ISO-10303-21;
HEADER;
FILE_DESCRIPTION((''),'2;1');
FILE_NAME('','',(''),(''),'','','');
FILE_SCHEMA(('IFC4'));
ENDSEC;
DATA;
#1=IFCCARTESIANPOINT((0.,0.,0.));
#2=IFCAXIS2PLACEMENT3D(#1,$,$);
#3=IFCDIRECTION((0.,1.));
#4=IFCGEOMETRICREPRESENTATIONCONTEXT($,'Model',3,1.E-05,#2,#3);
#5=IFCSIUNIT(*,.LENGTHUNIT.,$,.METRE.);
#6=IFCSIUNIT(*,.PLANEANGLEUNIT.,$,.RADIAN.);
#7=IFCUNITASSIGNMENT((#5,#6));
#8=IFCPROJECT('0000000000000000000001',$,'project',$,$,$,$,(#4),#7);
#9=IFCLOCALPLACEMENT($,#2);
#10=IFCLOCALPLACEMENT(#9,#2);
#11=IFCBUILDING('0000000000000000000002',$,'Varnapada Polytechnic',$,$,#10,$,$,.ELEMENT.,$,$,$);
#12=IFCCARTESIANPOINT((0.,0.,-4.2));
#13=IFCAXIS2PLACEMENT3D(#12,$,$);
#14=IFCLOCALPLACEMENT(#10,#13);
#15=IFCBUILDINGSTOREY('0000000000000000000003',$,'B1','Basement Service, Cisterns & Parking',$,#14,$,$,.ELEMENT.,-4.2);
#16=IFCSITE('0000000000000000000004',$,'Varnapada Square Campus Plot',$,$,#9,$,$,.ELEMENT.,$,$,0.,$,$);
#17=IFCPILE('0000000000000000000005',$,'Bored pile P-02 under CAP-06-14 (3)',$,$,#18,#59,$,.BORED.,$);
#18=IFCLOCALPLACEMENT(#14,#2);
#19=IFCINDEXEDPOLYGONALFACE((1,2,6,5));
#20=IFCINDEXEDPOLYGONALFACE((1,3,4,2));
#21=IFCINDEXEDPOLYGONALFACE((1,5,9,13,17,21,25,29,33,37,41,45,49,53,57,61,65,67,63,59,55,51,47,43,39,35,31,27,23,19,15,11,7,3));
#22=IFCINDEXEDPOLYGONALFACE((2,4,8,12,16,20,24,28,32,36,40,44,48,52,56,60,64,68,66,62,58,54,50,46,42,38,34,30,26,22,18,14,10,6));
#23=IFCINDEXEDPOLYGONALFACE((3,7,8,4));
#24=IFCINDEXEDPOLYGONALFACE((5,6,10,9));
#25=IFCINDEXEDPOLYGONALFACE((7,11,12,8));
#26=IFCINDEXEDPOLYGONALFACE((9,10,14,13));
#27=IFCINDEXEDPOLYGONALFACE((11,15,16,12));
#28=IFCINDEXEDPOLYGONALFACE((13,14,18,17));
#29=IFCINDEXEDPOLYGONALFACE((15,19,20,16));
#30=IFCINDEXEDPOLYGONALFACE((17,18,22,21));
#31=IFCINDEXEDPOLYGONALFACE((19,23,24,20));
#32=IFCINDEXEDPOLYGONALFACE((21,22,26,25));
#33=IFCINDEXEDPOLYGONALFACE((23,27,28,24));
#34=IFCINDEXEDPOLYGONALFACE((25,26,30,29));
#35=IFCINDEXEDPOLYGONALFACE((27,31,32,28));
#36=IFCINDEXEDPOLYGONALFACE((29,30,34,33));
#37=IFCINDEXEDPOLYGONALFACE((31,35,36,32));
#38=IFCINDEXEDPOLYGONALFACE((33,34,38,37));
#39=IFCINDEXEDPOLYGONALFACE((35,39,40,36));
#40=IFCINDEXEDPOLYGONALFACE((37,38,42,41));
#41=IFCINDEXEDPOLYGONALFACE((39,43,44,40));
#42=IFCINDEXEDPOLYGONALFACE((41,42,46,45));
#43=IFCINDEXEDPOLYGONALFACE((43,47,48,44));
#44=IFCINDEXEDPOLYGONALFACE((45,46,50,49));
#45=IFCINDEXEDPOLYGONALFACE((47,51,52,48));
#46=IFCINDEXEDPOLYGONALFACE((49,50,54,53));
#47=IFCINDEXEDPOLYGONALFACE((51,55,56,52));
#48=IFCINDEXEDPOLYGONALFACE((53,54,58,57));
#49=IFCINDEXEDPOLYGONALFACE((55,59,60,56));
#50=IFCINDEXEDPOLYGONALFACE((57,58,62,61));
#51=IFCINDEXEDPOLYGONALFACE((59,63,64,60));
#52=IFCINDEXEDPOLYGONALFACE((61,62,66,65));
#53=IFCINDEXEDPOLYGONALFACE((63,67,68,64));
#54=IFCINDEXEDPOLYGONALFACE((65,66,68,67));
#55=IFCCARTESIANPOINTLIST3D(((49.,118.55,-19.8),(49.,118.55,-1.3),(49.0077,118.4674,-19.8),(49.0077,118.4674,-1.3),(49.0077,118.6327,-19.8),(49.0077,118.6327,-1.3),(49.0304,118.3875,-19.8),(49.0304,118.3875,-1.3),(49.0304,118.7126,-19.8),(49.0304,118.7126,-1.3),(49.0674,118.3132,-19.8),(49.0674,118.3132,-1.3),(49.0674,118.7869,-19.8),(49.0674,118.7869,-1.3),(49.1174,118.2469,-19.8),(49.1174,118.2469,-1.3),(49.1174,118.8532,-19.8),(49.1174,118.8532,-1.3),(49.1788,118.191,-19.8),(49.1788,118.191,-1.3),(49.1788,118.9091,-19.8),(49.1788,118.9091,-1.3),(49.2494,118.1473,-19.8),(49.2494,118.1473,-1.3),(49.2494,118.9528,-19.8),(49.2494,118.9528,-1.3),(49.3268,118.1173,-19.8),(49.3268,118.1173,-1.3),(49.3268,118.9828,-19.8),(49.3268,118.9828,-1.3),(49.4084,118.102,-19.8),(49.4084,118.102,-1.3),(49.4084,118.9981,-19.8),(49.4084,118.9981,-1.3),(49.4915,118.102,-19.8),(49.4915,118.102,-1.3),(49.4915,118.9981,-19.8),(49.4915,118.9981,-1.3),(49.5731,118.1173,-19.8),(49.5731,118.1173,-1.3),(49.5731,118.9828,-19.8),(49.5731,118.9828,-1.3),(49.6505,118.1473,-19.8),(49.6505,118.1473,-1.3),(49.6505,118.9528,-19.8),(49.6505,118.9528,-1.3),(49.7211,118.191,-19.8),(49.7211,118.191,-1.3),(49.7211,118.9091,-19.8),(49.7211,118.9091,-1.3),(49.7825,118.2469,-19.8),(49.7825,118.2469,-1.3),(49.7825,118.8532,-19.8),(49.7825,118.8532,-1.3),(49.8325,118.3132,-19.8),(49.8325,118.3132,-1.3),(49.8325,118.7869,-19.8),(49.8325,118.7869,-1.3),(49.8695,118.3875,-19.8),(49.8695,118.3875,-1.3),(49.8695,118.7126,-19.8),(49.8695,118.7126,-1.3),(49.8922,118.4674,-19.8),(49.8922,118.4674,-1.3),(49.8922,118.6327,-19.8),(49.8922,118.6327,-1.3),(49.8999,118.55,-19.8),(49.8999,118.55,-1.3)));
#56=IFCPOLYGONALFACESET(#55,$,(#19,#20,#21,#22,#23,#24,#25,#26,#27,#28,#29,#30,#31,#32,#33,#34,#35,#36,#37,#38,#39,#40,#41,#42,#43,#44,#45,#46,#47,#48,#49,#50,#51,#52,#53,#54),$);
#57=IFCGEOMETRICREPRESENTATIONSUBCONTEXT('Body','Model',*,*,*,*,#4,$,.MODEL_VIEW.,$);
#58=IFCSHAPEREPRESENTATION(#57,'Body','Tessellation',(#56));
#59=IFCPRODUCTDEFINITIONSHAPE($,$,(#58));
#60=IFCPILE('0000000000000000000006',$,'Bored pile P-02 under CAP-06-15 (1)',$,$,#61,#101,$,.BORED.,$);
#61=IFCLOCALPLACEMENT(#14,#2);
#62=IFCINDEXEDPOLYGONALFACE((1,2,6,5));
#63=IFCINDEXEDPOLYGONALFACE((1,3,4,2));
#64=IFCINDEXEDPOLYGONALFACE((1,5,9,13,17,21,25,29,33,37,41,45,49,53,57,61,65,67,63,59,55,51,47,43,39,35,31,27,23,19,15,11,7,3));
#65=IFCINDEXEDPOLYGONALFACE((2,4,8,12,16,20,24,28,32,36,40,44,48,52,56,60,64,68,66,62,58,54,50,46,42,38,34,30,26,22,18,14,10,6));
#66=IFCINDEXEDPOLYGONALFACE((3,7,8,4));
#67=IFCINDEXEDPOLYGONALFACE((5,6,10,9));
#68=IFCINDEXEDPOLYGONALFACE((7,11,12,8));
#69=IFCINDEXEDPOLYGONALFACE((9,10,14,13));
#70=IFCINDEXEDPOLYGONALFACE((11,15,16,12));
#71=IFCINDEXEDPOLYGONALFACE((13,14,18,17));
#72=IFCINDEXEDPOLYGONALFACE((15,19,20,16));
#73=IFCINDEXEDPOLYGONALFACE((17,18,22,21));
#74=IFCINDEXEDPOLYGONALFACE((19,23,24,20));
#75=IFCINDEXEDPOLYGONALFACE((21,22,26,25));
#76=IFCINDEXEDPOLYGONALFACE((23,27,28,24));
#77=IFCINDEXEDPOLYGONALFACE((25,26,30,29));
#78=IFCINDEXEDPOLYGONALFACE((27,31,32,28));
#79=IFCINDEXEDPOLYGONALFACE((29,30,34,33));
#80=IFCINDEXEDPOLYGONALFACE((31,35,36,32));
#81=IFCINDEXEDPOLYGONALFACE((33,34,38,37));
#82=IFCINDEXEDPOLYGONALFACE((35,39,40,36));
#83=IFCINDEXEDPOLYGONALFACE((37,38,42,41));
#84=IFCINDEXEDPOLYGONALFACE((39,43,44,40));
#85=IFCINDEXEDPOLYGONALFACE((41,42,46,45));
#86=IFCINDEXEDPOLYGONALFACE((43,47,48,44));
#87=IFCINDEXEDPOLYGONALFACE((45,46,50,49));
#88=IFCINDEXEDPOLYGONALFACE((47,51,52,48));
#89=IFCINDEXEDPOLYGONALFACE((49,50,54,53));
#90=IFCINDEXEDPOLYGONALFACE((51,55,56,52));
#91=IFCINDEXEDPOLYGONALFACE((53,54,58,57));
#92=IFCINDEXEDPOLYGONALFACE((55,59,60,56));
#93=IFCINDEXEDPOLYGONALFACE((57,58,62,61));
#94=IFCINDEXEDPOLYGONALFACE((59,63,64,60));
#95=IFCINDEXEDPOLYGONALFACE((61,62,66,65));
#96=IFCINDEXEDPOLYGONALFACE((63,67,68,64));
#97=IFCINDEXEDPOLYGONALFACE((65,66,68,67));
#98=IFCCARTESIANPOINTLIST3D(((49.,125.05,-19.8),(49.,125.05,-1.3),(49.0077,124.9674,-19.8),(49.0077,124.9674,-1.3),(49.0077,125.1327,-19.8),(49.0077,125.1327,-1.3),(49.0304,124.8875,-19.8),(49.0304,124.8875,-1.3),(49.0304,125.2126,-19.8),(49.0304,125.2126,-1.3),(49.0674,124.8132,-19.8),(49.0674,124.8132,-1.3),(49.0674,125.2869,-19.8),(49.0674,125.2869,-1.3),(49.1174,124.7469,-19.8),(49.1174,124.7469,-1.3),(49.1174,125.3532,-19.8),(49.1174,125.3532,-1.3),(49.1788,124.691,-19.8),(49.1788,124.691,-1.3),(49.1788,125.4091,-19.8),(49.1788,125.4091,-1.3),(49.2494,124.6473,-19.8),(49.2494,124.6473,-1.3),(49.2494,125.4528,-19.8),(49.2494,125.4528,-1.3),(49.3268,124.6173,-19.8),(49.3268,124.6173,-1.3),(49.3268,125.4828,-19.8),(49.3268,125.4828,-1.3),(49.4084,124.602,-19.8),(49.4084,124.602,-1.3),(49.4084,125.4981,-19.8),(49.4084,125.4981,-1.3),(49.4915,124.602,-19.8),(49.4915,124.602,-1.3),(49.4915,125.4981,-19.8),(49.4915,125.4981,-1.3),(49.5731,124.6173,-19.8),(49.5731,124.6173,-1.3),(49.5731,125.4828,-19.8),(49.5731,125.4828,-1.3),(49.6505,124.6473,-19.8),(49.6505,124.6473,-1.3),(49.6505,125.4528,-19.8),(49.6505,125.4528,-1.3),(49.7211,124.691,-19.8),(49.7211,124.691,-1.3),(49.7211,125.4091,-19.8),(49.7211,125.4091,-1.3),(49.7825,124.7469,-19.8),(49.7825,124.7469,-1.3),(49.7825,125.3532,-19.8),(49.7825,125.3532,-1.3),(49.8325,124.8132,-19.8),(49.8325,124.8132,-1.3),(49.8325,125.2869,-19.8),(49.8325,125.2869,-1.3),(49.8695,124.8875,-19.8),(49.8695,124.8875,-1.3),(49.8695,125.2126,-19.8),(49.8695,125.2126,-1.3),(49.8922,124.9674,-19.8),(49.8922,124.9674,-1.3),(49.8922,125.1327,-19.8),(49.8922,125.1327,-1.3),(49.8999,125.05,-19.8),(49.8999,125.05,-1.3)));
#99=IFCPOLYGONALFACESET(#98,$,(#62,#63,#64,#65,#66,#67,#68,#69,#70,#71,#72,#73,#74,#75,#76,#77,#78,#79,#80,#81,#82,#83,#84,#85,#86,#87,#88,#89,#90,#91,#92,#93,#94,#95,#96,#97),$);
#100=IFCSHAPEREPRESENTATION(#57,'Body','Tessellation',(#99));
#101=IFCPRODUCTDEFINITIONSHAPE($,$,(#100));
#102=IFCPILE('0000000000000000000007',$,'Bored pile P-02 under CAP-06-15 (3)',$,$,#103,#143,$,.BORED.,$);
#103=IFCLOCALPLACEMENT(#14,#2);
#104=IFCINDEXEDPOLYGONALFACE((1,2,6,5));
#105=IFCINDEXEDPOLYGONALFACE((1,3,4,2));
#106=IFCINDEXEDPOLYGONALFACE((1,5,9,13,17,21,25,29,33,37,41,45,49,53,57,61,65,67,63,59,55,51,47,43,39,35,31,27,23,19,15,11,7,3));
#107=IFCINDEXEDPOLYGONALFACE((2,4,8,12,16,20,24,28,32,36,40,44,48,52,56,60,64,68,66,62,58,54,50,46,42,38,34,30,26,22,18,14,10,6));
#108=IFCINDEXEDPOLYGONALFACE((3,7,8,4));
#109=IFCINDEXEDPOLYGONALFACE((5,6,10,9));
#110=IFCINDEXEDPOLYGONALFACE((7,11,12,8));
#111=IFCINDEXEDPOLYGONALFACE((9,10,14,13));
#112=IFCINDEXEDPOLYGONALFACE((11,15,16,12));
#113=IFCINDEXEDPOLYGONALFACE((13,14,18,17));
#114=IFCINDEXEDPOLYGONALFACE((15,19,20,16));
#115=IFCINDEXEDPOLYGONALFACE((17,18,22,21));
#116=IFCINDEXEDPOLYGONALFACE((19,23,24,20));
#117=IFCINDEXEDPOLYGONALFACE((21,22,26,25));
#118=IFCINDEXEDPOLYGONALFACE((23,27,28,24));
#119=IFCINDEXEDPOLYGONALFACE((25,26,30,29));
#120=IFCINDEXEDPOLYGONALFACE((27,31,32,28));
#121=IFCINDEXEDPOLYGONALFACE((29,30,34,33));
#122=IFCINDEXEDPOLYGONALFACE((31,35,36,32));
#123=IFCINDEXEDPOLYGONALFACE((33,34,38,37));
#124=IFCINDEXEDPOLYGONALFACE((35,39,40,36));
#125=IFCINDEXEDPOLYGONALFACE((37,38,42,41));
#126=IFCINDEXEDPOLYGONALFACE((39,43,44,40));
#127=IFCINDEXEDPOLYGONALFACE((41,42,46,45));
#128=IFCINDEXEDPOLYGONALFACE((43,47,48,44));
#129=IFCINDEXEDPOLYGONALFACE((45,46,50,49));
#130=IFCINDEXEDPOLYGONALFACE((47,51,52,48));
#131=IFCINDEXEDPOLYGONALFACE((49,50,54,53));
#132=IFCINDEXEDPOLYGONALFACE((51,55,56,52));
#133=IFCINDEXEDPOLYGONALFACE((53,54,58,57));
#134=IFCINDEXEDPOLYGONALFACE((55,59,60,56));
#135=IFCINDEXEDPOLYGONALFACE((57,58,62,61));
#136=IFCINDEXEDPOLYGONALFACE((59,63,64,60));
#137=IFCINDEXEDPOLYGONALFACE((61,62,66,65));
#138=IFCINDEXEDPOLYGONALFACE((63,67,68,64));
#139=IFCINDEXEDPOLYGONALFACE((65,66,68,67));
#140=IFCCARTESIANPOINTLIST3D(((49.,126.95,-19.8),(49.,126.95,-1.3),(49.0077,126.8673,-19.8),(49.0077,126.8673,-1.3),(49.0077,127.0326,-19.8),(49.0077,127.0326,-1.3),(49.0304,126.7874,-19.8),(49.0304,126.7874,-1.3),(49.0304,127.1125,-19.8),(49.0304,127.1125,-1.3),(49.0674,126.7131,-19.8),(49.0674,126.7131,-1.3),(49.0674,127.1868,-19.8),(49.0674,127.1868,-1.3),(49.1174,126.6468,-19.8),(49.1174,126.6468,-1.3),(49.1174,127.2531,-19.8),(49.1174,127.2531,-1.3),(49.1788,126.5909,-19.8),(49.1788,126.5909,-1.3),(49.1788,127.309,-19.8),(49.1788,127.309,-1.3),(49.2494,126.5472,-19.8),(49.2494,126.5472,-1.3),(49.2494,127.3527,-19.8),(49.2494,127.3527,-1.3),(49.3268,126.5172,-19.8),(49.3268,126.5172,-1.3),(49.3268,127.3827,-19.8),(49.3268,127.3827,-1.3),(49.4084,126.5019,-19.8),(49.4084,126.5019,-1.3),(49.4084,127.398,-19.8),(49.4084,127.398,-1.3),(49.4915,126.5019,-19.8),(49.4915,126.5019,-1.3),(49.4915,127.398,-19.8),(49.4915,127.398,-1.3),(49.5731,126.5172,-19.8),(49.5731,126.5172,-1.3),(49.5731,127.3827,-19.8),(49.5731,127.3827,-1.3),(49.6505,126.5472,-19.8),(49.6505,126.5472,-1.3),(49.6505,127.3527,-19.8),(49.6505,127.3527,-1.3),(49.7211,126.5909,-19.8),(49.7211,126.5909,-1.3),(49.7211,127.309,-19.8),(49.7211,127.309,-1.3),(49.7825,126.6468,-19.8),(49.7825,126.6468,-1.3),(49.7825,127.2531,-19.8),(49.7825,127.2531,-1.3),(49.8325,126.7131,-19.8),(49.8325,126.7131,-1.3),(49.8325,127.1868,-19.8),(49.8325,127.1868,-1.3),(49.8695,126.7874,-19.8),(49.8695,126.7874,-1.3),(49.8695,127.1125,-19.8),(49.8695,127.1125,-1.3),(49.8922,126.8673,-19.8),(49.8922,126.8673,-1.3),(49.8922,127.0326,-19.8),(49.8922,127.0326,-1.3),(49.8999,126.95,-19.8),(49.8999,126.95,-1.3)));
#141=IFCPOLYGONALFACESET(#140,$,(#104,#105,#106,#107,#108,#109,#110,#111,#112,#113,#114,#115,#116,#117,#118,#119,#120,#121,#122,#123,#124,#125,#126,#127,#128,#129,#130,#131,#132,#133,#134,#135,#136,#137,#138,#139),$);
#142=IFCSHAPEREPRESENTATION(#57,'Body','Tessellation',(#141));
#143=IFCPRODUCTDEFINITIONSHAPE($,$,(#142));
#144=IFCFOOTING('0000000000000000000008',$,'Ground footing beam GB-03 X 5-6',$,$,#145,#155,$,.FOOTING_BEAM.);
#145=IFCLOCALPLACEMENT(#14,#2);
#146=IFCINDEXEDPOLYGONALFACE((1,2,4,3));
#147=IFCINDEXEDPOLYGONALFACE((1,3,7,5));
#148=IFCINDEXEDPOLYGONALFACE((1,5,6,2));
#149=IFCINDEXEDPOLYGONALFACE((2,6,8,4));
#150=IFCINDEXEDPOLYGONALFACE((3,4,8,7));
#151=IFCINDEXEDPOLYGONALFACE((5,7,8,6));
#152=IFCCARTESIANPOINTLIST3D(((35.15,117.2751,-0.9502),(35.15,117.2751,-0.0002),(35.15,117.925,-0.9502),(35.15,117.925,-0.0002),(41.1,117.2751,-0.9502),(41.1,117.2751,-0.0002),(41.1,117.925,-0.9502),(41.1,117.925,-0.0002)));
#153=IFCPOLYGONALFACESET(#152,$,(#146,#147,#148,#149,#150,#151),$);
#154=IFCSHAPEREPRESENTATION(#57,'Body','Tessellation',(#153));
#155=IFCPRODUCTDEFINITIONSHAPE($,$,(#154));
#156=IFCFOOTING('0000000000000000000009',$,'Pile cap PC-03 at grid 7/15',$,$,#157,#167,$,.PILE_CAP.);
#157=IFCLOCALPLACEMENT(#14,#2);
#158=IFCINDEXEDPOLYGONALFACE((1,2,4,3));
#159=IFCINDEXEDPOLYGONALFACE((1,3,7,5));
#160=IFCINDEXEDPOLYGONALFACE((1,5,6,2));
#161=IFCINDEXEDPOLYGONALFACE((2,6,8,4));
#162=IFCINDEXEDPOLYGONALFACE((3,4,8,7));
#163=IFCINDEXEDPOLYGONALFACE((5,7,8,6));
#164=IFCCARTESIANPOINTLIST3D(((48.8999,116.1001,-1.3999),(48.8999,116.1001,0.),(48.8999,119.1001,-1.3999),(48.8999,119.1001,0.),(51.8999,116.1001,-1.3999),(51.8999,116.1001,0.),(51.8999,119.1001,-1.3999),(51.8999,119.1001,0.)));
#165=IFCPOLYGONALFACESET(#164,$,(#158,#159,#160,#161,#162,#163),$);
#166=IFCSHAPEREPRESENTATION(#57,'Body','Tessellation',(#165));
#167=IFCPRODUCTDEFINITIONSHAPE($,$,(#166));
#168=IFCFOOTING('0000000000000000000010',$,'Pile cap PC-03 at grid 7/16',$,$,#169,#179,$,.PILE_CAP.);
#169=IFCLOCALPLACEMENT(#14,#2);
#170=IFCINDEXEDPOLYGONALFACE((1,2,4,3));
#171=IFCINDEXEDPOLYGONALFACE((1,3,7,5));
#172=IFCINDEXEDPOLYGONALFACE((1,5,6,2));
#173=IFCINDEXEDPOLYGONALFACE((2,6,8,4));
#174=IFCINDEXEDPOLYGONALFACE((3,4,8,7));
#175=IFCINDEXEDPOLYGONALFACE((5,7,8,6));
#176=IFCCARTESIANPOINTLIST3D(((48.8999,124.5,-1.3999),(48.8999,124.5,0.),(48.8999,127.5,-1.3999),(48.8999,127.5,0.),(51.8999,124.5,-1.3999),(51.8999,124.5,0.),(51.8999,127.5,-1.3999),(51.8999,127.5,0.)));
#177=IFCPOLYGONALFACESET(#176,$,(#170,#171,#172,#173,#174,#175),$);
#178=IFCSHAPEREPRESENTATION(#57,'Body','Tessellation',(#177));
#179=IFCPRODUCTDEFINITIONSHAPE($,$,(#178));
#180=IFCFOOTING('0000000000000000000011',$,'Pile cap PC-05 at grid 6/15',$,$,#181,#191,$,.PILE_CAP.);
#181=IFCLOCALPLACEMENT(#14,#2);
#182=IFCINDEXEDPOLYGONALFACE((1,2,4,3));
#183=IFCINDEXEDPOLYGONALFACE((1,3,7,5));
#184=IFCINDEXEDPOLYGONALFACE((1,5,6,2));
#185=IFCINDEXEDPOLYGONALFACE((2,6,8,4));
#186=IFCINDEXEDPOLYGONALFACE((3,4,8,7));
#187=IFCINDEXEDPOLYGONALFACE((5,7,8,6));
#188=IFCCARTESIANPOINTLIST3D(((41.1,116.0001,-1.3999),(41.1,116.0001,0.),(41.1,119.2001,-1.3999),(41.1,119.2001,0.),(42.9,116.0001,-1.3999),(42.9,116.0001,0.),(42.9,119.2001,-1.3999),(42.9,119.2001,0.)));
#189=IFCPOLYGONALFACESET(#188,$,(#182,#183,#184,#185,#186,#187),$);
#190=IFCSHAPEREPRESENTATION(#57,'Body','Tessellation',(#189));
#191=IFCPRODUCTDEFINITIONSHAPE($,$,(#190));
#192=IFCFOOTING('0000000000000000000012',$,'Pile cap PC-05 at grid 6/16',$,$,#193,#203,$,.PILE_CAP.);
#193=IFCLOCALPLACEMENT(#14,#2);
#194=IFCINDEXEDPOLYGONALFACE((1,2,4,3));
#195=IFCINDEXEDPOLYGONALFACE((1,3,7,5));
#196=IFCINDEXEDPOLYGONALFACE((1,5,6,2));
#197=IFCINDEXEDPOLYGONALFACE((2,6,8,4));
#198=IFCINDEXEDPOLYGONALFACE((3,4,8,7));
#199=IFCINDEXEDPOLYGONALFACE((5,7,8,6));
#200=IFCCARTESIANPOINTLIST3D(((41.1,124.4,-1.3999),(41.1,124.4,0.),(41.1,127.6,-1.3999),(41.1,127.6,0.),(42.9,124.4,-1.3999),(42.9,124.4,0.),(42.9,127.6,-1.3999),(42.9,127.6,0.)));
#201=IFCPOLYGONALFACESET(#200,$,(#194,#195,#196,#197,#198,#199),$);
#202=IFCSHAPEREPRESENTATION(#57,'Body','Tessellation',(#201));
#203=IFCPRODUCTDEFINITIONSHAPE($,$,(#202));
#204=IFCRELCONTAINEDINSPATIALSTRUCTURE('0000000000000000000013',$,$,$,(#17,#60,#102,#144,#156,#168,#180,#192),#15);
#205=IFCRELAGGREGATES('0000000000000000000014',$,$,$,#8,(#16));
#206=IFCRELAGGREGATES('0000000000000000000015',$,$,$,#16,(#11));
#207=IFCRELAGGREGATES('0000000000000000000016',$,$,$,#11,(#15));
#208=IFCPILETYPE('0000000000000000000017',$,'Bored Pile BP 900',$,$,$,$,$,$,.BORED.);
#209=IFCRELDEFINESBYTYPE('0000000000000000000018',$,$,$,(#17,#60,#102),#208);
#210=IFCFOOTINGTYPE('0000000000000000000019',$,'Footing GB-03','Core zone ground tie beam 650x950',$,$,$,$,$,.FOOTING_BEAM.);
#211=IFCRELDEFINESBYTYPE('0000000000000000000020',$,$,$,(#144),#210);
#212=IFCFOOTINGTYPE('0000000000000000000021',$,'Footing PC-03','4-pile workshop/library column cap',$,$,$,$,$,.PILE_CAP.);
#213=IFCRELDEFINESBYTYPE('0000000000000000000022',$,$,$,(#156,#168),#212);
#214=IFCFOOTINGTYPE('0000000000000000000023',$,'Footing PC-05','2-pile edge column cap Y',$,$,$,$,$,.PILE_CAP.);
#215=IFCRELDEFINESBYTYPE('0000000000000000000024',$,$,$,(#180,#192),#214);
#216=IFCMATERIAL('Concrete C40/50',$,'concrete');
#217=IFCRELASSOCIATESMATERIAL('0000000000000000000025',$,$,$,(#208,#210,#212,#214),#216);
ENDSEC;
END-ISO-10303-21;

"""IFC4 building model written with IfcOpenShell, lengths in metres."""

from ifc_helpers import new_model, si_unit, direction, frame, origin, origin_2d, place, context, subcontext, project, spatial, rectangle, circle, extrude, material, material_profile, profile_set, type_object, element, save


model = new_model("IFC4")

# Units and contexts
model_context = context("Model", 3, precision=1e-05, world=origin(), true_north=direction((0.0, 1.0)))
body_context = subcontext(model_context, "Body", "Model", "MODEL_VIEW")
ifc_project = project(units=[si_unit("LENGTHUNIT", "METRE"), si_unit("PLANEANGLEUNIT", "RADIAN")], contexts=[model_context])

# Site, building, storey
site_placement = place(None, origin())
site = spatial("IfcSite", under=ifc_project, at=site_placement, Name="Varnapada Square Campus Plot", CompositionType="ELEMENT", RefElevation=0.0)
building_placement = place(site_placement, origin())
building = spatial("IfcBuilding", under=site, at=building_placement, Name="Varnapada Polytechnic", CompositionType="ELEMENT")
storey_placement = place(building_placement, frame((0.0, 0.0, -4.2)))
storey = spatial("IfcBuildingStorey", under=building, at=storey_placement, Name="B1", Description="Basement Service, Cisterns & Parking", CompositionType="ELEMENT", Elevation=-4.2)

# Piles
ifc_material = material(Name="Concrete C40/50", Category="concrete")
ifc_material_profile_1 = material_profile(ifc_material, circle(Radius=0.45, at=origin_2d()), Name="BP 900")
ifc_profile_set_1 = profile_set([ifc_material_profile_1], Name="Concrete C40/50")
pile_type_1 = type_object("IfcPileType", Name="Bored Pile BP 900", PredefinedType="BORED", material=ifc_profile_set_1)
for number, where, z_axis, x_axis, name in (
    (1, (49.45, 118.55, -1.3), (0.0, 0.0, -1.0), (1.0, 0.0, 0.0), "Bored pile P-02 under CAP-06-14 (3)"),
    (2, (49.45, 125.05, -1.3), (0.0, 0.0, -1.0), (1.0, 0.0, 0.0), "Bored pile P-02 under CAP-06-15 (1)"),
    (3, (49.45, 126.95, -1.3), (0.0, 0.0, -1.0), (1.0, 0.0, 0.0), "Bored pile P-02 under CAP-06-15 (3)"),
):
    element("IfcPile", number, at=place(storey_placement, frame(where, z_axis=z_axis, x_axis=x_axis)), inside=storey, type_object=pile_type_1, Name=name, PredefinedType="BORED", context=body_context, shape_type="SweptSolid", body=[
        extrude(circle(Radius=0.45, at=origin_2d()), origin(), (0.0, 0.0, 1.0), 18.5),
    ])

# Footings
footing_type_1 = type_object("IfcFootingType", Name="Footing GB-03", Description="Core zone ground tie beam 650x950", PredefinedType="FOOTING_BEAM", material=ifc_material)
footing_1_placement = place(storey_placement, frame((38.125, 117.6001, -0.9502), z_axis=(0.0, 0.0, 1.0), x_axis=(1.0, 0.0, 0.0)))
element("IfcFooting", 4, at=footing_1_placement, inside=storey, type_object=footing_type_1, Name="Ground footing beam GB-03 X 5-6", PredefinedType="FOOTING_BEAM", context=body_context, shape_type="SweptSolid", body=[
    extrude(rectangle(XDim=5.95, YDim=0.6499, at=origin_2d()), origin(), (0.0, 0.0, 1.0), 0.95),
])
footing_type_2 = type_object("IfcFootingType", Name="Footing PC-03", Description="4-pile workshop/library column cap", PredefinedType="PILE_CAP", material=ifc_material)
for number, where, z_axis, x_axis, name in (
    (5, (50.3999, 117.6001, -1.3999), (0.0, 0.0, 1.0), (1.0, 0.0, 0.0), "Pile cap PC-03 at grid 7/15"),
    (6, (50.3999, 126.0, -1.3999), (0.0, 0.0, 1.0), (1.0, 0.0, 0.0), "Pile cap PC-03 at grid 7/16"),
):
    element("IfcFooting", number, at=place(storey_placement, frame(where, z_axis=z_axis, x_axis=x_axis)), inside=storey, type_object=footing_type_2, Name=name, PredefinedType="PILE_CAP", context=body_context, shape_type="SweptSolid", body=[
        extrude(rectangle(XDim=3.0, YDim=3.0, at=origin_2d()), origin(), (0.0, 0.0, 1.0), 1.3999),
    ])
footing_type_3 = type_object("IfcFootingType", Name="Footing PC-05", Description="2-pile edge column cap Y", PredefinedType="PILE_CAP", material=ifc_material)
for number, where, z_axis, x_axis, name in (
    (7, (42.0, 117.6001, -1.3999), (0.0, 0.0, 1.0), (1.0, 0.0, 0.0), "Pile cap PC-05 at grid 6/15"),
    (8, (42.0, 126.0, -1.3999), (0.0, 0.0, 1.0), (1.0, 0.0, 0.0), "Pile cap PC-05 at grid 6/16"),
):
    element("IfcFooting", number, at=place(storey_placement, frame(where, z_axis=z_axis, x_axis=x_axis)), inside=storey, type_object=footing_type_3, Name=name, PredefinedType="PILE_CAP", context=body_context, shape_type="SweptSolid", body=[
        extrude(rectangle(XDim=1.8, YDim=3.2, at=origin_2d()), origin(), (0.0, 0.0, 1.0), 1.3999),
    ])

save(model, "model.ifc")
